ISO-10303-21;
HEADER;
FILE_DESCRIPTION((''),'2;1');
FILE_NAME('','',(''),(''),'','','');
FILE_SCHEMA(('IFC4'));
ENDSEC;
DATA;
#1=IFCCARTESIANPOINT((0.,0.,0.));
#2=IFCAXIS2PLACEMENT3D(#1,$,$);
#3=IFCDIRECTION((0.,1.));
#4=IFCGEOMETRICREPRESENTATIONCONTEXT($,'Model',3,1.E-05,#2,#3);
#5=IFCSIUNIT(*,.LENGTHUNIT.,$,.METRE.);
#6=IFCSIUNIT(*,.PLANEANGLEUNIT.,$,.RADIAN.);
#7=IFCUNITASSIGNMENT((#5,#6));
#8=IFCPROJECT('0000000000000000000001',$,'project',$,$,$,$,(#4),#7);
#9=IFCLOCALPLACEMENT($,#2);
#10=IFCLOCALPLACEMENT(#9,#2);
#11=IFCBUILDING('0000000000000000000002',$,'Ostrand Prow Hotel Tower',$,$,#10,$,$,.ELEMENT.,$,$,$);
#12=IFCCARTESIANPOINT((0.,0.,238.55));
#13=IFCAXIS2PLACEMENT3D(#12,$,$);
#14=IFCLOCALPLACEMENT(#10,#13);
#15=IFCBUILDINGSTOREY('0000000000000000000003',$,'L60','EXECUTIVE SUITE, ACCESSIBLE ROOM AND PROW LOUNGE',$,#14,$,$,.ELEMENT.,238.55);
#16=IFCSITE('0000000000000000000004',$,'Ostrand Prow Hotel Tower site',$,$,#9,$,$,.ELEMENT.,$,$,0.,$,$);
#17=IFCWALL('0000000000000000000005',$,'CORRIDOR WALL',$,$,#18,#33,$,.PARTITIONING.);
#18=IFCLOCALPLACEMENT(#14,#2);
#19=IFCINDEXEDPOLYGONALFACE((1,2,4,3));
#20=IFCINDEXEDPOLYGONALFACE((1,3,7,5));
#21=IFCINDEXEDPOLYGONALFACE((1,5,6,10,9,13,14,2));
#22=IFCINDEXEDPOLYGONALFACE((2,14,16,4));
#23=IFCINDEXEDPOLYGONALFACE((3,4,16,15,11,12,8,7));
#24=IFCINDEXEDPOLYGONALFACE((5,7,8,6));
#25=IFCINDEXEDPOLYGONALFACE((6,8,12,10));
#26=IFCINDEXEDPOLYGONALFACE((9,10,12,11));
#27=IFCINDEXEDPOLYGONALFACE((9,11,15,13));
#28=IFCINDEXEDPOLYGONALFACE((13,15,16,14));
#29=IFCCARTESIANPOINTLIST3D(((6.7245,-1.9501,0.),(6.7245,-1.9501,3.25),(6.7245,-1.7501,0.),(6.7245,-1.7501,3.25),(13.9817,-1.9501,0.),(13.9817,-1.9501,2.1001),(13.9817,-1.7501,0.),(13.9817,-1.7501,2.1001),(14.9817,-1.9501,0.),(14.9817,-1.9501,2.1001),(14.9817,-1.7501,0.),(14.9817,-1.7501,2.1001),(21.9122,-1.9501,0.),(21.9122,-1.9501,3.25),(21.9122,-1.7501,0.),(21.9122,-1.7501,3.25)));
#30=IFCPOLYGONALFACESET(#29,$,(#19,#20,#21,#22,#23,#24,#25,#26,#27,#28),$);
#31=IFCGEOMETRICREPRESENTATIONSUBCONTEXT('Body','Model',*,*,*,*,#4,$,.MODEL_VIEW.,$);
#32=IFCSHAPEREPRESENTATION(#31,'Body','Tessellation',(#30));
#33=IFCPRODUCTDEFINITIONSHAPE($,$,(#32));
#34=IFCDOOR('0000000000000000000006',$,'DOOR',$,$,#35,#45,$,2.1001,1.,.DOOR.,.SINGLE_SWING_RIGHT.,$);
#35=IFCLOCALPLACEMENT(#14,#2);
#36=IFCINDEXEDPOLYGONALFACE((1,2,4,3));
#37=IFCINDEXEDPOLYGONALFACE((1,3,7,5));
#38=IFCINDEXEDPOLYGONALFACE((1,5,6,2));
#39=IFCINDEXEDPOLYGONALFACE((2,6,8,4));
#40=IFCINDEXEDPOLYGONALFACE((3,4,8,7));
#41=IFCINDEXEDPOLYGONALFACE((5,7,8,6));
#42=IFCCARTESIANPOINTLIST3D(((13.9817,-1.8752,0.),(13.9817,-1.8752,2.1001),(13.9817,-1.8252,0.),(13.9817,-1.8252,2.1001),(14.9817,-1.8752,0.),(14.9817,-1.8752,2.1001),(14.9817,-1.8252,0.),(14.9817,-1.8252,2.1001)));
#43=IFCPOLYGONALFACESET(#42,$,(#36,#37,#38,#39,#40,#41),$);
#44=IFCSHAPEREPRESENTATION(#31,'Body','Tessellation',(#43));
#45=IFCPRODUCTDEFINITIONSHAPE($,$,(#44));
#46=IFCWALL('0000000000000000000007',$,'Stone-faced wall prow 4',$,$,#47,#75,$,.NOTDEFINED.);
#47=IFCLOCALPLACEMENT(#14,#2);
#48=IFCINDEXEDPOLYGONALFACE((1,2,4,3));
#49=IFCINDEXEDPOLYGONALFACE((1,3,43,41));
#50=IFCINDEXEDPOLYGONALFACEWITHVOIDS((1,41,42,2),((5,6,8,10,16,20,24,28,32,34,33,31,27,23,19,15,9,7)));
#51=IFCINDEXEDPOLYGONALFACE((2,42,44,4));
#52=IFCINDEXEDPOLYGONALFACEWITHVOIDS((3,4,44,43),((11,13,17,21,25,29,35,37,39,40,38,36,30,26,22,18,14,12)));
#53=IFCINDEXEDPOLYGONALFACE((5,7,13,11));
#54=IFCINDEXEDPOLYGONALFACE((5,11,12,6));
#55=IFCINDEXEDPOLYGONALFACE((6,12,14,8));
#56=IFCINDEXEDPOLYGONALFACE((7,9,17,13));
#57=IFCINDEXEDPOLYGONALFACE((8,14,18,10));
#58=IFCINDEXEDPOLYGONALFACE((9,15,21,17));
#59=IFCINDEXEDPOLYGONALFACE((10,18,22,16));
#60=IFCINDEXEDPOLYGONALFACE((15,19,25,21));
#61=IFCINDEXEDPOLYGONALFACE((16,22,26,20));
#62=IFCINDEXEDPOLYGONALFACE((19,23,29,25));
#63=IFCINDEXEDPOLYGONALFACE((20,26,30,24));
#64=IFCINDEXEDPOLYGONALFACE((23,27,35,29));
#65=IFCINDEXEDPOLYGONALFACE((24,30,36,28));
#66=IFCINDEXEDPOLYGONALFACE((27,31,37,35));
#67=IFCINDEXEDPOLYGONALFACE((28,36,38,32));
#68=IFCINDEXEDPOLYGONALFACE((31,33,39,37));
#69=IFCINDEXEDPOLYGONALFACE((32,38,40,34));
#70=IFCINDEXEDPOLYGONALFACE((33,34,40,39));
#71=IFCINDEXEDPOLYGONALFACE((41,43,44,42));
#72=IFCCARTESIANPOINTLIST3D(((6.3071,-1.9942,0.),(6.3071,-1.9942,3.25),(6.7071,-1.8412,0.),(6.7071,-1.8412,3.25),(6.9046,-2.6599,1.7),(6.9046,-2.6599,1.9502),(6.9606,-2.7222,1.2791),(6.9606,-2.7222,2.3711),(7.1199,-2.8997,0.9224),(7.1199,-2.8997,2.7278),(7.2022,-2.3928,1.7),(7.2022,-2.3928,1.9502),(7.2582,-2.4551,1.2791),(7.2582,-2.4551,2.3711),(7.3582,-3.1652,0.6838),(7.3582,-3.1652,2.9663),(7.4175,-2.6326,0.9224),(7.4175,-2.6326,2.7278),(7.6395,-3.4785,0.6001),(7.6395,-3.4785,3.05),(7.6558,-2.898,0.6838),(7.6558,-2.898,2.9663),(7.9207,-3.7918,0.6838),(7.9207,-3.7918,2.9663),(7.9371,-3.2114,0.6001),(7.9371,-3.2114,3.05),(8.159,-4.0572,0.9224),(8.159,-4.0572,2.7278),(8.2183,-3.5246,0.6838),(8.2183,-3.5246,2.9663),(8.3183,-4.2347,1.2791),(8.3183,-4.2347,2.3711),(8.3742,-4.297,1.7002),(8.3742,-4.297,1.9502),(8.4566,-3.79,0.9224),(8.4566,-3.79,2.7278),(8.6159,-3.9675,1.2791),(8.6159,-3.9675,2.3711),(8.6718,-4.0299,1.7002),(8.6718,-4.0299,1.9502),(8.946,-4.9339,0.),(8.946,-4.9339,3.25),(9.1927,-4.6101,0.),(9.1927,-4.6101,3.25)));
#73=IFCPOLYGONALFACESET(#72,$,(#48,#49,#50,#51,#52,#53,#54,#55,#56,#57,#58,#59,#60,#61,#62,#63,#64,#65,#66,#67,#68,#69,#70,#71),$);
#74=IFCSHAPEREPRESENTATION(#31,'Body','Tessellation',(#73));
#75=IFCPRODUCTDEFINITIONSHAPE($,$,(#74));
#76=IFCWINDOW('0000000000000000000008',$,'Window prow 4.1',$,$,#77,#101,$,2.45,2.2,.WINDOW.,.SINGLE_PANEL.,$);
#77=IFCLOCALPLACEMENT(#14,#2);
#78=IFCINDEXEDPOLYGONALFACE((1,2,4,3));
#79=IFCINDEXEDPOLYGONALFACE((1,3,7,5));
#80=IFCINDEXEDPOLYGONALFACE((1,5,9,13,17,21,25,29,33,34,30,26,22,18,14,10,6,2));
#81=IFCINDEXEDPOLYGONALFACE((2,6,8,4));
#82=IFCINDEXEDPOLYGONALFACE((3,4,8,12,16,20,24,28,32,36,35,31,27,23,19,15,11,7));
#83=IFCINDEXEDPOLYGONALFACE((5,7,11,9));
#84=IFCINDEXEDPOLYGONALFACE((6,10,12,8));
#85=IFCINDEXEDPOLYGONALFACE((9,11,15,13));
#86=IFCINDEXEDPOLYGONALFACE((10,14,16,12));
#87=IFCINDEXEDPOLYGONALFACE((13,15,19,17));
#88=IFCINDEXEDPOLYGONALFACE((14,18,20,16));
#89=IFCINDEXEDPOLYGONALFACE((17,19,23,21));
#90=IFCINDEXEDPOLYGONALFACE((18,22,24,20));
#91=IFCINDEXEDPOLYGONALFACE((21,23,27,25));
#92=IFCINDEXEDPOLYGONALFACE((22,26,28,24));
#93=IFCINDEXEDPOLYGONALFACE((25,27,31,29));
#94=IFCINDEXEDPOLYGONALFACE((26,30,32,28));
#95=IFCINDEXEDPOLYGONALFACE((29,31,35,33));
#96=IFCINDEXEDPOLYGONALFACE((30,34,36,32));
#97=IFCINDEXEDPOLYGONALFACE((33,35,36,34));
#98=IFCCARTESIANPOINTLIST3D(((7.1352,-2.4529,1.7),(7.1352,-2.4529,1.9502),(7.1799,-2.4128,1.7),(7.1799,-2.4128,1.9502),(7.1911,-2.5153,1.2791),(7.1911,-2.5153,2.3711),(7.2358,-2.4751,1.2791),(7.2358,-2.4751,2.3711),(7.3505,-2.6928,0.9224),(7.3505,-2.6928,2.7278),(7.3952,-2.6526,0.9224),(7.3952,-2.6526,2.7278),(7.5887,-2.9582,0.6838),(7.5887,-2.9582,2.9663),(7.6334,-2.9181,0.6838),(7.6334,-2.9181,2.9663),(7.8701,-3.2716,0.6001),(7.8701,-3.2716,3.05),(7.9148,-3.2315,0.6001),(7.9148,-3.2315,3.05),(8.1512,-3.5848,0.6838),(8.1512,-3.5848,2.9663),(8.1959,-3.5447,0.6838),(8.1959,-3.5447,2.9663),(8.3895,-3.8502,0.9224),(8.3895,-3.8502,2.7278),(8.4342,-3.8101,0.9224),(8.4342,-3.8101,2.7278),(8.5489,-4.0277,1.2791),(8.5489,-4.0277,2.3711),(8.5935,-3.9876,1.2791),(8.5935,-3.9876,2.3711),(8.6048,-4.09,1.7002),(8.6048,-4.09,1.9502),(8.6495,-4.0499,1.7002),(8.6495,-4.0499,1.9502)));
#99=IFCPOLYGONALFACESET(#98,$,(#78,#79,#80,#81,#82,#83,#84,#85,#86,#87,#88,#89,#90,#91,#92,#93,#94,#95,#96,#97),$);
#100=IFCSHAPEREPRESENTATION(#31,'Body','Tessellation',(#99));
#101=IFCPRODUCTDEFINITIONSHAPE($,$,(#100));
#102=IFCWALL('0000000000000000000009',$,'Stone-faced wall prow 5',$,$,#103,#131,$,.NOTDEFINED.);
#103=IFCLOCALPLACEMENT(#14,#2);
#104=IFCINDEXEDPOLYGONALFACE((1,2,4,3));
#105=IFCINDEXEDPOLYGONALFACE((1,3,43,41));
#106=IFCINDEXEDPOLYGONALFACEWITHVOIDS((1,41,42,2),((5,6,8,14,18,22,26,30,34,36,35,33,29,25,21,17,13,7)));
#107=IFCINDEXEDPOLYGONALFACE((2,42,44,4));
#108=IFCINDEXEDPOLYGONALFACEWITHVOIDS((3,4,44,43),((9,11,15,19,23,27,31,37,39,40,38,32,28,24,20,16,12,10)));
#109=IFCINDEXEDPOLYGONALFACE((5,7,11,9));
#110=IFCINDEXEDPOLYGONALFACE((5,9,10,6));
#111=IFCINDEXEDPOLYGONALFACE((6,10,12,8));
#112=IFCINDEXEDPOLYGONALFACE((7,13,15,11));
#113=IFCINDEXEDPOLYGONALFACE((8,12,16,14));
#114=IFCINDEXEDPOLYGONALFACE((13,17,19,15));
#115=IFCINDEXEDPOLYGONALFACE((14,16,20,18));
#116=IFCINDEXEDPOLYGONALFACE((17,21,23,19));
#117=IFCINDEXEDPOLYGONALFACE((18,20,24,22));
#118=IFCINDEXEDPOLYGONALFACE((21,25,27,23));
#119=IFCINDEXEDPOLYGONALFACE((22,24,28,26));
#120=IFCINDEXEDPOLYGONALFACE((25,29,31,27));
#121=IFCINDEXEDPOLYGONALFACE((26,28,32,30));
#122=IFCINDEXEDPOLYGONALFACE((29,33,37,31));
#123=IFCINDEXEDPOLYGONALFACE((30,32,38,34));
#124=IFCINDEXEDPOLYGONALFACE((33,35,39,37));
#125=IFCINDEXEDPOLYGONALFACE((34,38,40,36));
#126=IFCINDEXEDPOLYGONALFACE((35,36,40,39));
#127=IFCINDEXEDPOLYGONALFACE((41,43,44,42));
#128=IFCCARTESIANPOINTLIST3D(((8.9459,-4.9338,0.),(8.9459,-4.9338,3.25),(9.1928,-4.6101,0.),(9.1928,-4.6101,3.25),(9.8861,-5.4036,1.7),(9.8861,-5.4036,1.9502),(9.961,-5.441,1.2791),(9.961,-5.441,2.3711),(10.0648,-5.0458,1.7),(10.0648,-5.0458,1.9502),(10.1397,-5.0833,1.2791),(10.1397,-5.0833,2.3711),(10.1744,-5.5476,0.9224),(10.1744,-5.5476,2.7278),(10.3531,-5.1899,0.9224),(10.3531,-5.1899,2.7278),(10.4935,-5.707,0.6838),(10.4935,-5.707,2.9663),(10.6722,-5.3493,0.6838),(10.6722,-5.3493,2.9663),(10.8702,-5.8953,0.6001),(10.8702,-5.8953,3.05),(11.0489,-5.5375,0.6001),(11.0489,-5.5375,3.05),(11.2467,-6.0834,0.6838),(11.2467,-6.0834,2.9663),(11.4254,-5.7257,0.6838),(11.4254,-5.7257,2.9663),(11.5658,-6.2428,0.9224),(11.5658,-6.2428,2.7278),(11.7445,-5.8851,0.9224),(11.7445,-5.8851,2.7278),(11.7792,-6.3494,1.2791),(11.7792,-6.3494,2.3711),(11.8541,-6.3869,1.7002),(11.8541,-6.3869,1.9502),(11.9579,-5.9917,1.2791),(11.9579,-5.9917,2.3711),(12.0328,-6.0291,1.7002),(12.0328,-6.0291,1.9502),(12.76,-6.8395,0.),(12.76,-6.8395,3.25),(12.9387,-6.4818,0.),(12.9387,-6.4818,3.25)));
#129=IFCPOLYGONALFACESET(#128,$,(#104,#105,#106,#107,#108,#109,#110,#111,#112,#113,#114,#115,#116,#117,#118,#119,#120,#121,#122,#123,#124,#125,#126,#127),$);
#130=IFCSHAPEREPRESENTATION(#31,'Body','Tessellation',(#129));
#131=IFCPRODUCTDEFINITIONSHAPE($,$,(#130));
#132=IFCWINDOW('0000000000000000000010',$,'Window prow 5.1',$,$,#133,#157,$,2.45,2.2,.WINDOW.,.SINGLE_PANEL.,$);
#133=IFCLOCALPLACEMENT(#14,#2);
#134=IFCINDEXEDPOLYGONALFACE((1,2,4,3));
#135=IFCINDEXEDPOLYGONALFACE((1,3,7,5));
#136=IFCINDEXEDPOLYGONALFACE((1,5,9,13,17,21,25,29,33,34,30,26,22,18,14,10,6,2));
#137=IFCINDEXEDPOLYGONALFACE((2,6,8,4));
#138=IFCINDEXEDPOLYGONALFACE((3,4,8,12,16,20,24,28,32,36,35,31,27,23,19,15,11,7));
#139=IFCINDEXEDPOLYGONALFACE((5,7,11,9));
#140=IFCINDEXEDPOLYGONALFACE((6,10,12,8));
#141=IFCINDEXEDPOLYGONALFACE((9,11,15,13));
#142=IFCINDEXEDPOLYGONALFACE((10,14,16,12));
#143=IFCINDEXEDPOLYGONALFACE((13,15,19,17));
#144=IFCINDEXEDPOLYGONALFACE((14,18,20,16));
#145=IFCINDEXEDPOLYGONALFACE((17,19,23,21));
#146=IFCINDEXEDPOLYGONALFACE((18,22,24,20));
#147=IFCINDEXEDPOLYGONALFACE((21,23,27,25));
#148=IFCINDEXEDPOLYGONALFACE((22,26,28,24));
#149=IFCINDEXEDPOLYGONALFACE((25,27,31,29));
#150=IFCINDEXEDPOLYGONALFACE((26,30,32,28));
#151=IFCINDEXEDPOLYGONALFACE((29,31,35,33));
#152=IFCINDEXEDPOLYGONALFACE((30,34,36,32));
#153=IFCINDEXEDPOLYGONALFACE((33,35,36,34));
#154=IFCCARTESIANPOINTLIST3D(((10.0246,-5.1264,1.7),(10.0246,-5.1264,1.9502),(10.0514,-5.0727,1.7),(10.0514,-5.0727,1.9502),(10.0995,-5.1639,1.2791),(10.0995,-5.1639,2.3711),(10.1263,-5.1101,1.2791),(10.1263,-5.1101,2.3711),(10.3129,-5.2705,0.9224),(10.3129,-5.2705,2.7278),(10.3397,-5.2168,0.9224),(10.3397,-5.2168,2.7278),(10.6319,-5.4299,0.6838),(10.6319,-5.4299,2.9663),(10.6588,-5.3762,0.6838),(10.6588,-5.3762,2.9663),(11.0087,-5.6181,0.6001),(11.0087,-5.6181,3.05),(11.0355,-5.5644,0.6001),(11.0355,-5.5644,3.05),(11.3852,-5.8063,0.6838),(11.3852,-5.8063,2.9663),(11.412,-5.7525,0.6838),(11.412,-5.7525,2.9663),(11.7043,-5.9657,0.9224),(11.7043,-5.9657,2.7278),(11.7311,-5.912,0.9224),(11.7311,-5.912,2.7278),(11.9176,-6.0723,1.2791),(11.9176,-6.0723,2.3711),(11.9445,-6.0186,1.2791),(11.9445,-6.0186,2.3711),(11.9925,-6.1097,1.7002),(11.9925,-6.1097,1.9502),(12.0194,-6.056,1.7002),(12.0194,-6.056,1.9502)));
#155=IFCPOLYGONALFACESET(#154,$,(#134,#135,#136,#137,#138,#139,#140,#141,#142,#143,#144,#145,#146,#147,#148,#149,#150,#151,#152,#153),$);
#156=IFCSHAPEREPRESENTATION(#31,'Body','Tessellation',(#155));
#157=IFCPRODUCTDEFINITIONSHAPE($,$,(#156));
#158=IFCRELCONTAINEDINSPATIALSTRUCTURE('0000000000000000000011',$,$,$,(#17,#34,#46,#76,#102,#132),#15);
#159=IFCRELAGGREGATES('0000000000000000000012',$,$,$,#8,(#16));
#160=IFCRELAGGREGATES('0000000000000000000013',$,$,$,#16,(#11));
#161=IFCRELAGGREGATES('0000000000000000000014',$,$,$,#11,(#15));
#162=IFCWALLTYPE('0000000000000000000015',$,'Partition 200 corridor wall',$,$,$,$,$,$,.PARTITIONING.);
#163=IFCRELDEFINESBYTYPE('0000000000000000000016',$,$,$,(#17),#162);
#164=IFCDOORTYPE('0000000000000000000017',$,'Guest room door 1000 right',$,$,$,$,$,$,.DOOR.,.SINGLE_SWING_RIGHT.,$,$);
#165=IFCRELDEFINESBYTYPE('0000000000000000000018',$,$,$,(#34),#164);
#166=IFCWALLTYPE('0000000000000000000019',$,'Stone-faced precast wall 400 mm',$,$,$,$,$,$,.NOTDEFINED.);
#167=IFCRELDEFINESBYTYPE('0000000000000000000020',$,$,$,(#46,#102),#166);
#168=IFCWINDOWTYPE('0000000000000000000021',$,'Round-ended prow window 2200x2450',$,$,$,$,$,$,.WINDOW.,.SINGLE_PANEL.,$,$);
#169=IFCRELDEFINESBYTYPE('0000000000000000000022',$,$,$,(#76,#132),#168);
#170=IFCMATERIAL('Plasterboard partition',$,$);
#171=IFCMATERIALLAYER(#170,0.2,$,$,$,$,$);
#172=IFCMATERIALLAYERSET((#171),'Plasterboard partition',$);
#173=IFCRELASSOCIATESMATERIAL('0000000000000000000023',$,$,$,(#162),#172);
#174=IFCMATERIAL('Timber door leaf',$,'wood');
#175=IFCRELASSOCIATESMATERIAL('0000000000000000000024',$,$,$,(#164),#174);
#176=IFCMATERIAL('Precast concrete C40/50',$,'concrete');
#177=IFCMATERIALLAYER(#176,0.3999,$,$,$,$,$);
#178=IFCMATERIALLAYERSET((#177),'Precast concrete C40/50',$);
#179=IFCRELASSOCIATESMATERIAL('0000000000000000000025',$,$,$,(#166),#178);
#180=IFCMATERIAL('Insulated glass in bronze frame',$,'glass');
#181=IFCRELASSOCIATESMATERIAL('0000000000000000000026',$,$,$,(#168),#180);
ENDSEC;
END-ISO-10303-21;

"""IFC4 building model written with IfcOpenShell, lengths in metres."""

from ifc_helpers import new_model, si_unit, direction, frame, frame_2d, origin, place, context, subcontext, project, spatial, polyline, rectangle, outline, extrude, material, layer, layer_set, type_object, element, fill, save


model = new_model("IFC4")

# Units and contexts
model_context = context("Model", 3, precision=1e-05, world=origin(), true_north=direction((0.0, 1.0)))
body_context = subcontext(model_context, "Body", "Model", "MODEL_VIEW")
ifc_project = project(units=[si_unit("LENGTHUNIT", "METRE"), si_unit("PLANEANGLEUNIT", "RADIAN")], contexts=[model_context])

# Site, building, storey
site_placement = place(None, origin())
site = spatial("IfcSite", under=ifc_project, at=site_placement, Name="Ostrand Prow Hotel Tower site", CompositionType="ELEMENT", RefElevation=0.0)
building_placement = place(site_placement, origin())
building = spatial("IfcBuilding", under=site, at=building_placement, Name="Ostrand Prow Hotel Tower", CompositionType="ELEMENT")
storey_placement = place(building_placement, frame((0.0, 0.0, 238.55)))
storey = spatial("IfcBuildingStorey", under=building, at=storey_placement, Name="L60", Description="EXECUTIVE SUITE, ACCESSIBLE ROOM AND PROW LOUNGE", CompositionType="ELEMENT", Elevation=238.55)

# Wall, opening, door
ifc_material_1 = material(Name="Plasterboard partition")
ifc_layer_1 = layer(ifc_material_1, 0.2)
ifc_layer_set_1 = layer_set([ifc_layer_1], Name="Plasterboard partition")
wall_type_1 = type_object("IfcWallType", Name="Partition 200 corridor wall", PredefinedType="PARTITIONING", material=ifc_layer_set_1)
wall_1_placement = place(storey_placement, frame((6.7246, -1.8501, 0.0), z_axis=(0.0, 0.0, 1.0), x_axis=(1.0, 0.0, 0.0)))
wall_1 = element("IfcWall", 1, at=wall_1_placement, inside=storey, type_object=wall_type_1, Name="CORRIDOR WALL", PredefinedType="PARTITIONING", context=body_context, shape_type="SweptSolid", body=[
    extrude(rectangle(XDim=15.1877, YDim=0.2, at=frame_2d((7.5938, 0.0))), origin(), (0.0, 0.0, 1.0), 3.25),
])
opening_1_placement = place(wall_1_placement, frame((7.2571, 0.0, 0.0)))
opening_1 = element("IfcOpeningElement", 2, at=opening_1_placement, cuts=wall_1, PredefinedType="OPENING", context=body_context, shape_type="SweptSolid", body=[
    extrude(rectangle(XDim=1.0, YDim=2.1001, at=frame_2d((0.5, 1.05))), frame((0.0, 0.1099, 0.0), z_axis=(0.0, -1.0, 0.0), x_axis=(1.0, 0.0, 0.0)), (0.0, 0.0, 1.0), 0.22),
])
ifc_material_2 = material(Name="Timber door leaf", Category="wood")
door_type = type_object("IfcDoorType", Name="Guest room door 1000 right", OperationType="SINGLE_SWING_RIGHT", PredefinedType="DOOR", material=ifc_material_2)
door_placement = place(opening_1_placement, origin())
door = element("IfcDoor", 3, at=door_placement, inside=storey, type_object=door_type, Name="DOOR", OperationType="SINGLE_SWING_RIGHT", OverallHeight=2.1001, OverallWidth=1.0, PredefinedType="DOOR", context=body_context, shape_type="SweptSolid", body=[
    extrude(rectangle(XDim=1.0, YDim=2.1001, at=frame_2d((0.5, 1.05))), frame((0.0, 0.0249, 0.0), z_axis=(0.0, -1.0, 0.0), x_axis=(1.0, 0.0, 0.0)), (0.0, 0.0, 1.0), 0.05),
])
fill(opening_1, door)

# Walls, openings, windows
ifc_material_3 = material(Name="Precast concrete C40/50", Category="concrete")
ifc_layer_2 = layer(ifc_material_3, 0.3999)
ifc_layer_set_2 = layer_set([ifc_layer_2], Name="Precast concrete C40/50")
wall_type_2 = type_object("IfcWallType", Name="Stone-faced precast wall 400 mm", PredefinedType="NOTDEFINED", material=ifc_layer_set_2)
wall_2_placement = place(storey_placement, frame((6.5071, -1.9177, 0.0), z_axis=(0.0, 0.0, 1.0), x_axis=(0.668018, -0.744145, 0.0)))
wall_2 = element("IfcWall", 4, at=wall_2_placement, inside=storey, type_object=wall_type_2, Name="Stone-faced wall prow 4", PredefinedType="NOTDEFINED", context=body_context, shape_type="SweptSolid", body=[
    extrude(outline(polyline([(-0.0767, -0.2), (3.8738, -0.2), (3.7976, 0.2), (0.0767, 0.2), (-0.0767, -0.2)])), origin(), (0.0, 0.0, 1.0), 3.25),
])
opening_2_placement = place(wall_2_placement, frame((0.8179, 0.0, 0.6001)))
opening_2 = element("IfcOpeningElement", 5, at=opening_2_placement, cuts=wall_2, PredefinedType="OPENING", context=body_context, shape_type="SweptSolid", body=[
    extrude(outline(polyline([(0.0, 1.3501), (0.0837, 1.771), (0.3223, 2.1277), (0.679, 2.3662), (1.1001, 2.45), (1.521, 2.3662), (1.8777, 2.1277), (2.1162, 1.771), (2.2, 1.3501), (2.2, 1.1001), (2.1162, 0.679), (1.8777, 0.3223), (1.521, 0.0837), (1.1001, 0.0), (0.679, 0.0837), (0.3223, 0.3223), (0.0837, 0.679), (0.0, 1.0999), (0.0, 1.3501)])), frame((0.0, 0.21, 0.0), z_axis=(0.0, -1.0, 0.0), x_axis=(1.0, 0.0, 0.0)), (0.0, 0.0, 1.0), 0.4199),
])
ifc_material_4 = material(Name="Insulated glass in bronze frame", Category="glass")
window_type = type_object("IfcWindowType", Name="Round-ended prow window 2200x2450", PartitioningType="SINGLE_PANEL", PredefinedType="WINDOW", material=ifc_material_4)
window_1_placement = place(opening_2_placement, origin())
window_1 = element("IfcWindow", 6, at=window_1_placement, inside=storey, type_object=window_type, Name="Window prow 4.1", OverallHeight=2.45, OverallWidth=2.2, PartitioningType="SINGLE_PANEL", PredefinedType="WINDOW", context=body_context, shape_type="SweptSolid", body=[
    extrude(outline(polyline([(0.0, 1.3501), (0.0837, 1.771), (0.3223, 2.1277), (0.679, 2.3662), (1.1001, 2.45), (1.521, 2.3662), (1.8777, 2.1277), (2.1162, 1.771), (2.2, 1.3501), (2.2, 1.1001), (2.1162, 0.679), (1.8777, 0.3223), (1.521, 0.0837), (1.1001, 0.0), (0.679, 0.0837), (0.3223, 0.3223), (0.0837, 0.679), (0.0, 1.0999), (0.0, 1.3501)])), frame((0.0, 0.1699, 0.0), z_axis=(0.0, -1.0, 0.0), x_axis=(1.0, 0.0, 0.0)), (0.0, 0.0, 1.0), 0.0601),
])
fill(opening_2, window_1)
wall_3_placement = place(storey_placement, frame((9.0693, -4.772, 0.0), z_axis=(0.0, 0.0, 1.0), x_axis=(0.894554, -0.446959, 0.0)))
wall_3 = element("IfcWall", 7, at=wall_3_placement, inside=storey, type_object=wall_type_2, Name="Stone-faced wall prow 5", PredefinedType="NOTDEFINED", context=body_context, shape_type="SweptSolid", body=[
    extrude(outline(polyline([(-0.0381, -0.2), (4.2256, -0.2), (4.2256, 0.2), (0.0381, 0.2), (-0.0381, -0.2)])), origin(), (0.0, 0.0, 1.0), 3.25),
])
opening_3_placement = place(wall_3_placement, frame((1.0129, 0.0, 0.6001)))
opening_3 = element("IfcOpeningElement", 8, at=opening_3_placement, cuts=wall_3, PredefinedType="OPENING", context=body_context, shape_type="SweptSolid", body=[
    extrude(outline(polyline([(0.0, 1.3501), (0.0837, 1.771), (0.3223, 2.1277), (0.679, 2.3662), (1.1001, 2.45), (1.521, 2.3662), (1.8777, 2.1277), (2.1162, 1.771), (2.2, 1.3501), (2.2, 1.1001), (2.1162, 0.679), (1.8777, 0.3223), (1.521, 0.0837), (1.1001, 0.0), (0.679, 0.0837), (0.3223, 0.3223), (0.0837, 0.679), (0.0, 1.0999), (0.0, 1.3501)])), frame((0.0, 0.21, 0.0), z_axis=(0.0, -1.0, 0.0), x_axis=(1.0, 0.0, 0.0)), (0.0, 0.0, 1.0), 0.4199),
])
window_2_placement = place(opening_3_placement, origin())
window_2 = element("IfcWindow", 9, at=window_2_placement, inside=storey, type_object=window_type, Name="Window prow 5.1", OverallHeight=2.45, OverallWidth=2.2, PartitioningType="SINGLE_PANEL", PredefinedType="WINDOW", context=body_context, shape_type="SweptSolid", body=[
    extrude(outline(polyline([(0.0, 1.3501), (0.0837, 1.771), (0.3223, 2.1277), (0.679, 2.3662), (1.1001, 2.45), (1.521, 2.3662), (1.8777, 2.1277), (2.1162, 1.771), (2.2, 1.3501), (2.2, 1.1001), (2.1162, 0.679), (1.8777, 0.3223), (1.521, 0.0837), (1.1001, 0.0), (0.679, 0.0837), (0.3223, 0.3223), (0.0837, 0.679), (0.0, 1.0999), (0.0, 1.3501)])), frame((0.0, 0.1699, 0.0), z_axis=(0.0, -1.0, 0.0), x_axis=(1.0, 0.0, 0.0)), (0.0, 0.0, 1.0), 0.0601),
])
fill(opening_3, window_2)

save(model, "model.ifc")
